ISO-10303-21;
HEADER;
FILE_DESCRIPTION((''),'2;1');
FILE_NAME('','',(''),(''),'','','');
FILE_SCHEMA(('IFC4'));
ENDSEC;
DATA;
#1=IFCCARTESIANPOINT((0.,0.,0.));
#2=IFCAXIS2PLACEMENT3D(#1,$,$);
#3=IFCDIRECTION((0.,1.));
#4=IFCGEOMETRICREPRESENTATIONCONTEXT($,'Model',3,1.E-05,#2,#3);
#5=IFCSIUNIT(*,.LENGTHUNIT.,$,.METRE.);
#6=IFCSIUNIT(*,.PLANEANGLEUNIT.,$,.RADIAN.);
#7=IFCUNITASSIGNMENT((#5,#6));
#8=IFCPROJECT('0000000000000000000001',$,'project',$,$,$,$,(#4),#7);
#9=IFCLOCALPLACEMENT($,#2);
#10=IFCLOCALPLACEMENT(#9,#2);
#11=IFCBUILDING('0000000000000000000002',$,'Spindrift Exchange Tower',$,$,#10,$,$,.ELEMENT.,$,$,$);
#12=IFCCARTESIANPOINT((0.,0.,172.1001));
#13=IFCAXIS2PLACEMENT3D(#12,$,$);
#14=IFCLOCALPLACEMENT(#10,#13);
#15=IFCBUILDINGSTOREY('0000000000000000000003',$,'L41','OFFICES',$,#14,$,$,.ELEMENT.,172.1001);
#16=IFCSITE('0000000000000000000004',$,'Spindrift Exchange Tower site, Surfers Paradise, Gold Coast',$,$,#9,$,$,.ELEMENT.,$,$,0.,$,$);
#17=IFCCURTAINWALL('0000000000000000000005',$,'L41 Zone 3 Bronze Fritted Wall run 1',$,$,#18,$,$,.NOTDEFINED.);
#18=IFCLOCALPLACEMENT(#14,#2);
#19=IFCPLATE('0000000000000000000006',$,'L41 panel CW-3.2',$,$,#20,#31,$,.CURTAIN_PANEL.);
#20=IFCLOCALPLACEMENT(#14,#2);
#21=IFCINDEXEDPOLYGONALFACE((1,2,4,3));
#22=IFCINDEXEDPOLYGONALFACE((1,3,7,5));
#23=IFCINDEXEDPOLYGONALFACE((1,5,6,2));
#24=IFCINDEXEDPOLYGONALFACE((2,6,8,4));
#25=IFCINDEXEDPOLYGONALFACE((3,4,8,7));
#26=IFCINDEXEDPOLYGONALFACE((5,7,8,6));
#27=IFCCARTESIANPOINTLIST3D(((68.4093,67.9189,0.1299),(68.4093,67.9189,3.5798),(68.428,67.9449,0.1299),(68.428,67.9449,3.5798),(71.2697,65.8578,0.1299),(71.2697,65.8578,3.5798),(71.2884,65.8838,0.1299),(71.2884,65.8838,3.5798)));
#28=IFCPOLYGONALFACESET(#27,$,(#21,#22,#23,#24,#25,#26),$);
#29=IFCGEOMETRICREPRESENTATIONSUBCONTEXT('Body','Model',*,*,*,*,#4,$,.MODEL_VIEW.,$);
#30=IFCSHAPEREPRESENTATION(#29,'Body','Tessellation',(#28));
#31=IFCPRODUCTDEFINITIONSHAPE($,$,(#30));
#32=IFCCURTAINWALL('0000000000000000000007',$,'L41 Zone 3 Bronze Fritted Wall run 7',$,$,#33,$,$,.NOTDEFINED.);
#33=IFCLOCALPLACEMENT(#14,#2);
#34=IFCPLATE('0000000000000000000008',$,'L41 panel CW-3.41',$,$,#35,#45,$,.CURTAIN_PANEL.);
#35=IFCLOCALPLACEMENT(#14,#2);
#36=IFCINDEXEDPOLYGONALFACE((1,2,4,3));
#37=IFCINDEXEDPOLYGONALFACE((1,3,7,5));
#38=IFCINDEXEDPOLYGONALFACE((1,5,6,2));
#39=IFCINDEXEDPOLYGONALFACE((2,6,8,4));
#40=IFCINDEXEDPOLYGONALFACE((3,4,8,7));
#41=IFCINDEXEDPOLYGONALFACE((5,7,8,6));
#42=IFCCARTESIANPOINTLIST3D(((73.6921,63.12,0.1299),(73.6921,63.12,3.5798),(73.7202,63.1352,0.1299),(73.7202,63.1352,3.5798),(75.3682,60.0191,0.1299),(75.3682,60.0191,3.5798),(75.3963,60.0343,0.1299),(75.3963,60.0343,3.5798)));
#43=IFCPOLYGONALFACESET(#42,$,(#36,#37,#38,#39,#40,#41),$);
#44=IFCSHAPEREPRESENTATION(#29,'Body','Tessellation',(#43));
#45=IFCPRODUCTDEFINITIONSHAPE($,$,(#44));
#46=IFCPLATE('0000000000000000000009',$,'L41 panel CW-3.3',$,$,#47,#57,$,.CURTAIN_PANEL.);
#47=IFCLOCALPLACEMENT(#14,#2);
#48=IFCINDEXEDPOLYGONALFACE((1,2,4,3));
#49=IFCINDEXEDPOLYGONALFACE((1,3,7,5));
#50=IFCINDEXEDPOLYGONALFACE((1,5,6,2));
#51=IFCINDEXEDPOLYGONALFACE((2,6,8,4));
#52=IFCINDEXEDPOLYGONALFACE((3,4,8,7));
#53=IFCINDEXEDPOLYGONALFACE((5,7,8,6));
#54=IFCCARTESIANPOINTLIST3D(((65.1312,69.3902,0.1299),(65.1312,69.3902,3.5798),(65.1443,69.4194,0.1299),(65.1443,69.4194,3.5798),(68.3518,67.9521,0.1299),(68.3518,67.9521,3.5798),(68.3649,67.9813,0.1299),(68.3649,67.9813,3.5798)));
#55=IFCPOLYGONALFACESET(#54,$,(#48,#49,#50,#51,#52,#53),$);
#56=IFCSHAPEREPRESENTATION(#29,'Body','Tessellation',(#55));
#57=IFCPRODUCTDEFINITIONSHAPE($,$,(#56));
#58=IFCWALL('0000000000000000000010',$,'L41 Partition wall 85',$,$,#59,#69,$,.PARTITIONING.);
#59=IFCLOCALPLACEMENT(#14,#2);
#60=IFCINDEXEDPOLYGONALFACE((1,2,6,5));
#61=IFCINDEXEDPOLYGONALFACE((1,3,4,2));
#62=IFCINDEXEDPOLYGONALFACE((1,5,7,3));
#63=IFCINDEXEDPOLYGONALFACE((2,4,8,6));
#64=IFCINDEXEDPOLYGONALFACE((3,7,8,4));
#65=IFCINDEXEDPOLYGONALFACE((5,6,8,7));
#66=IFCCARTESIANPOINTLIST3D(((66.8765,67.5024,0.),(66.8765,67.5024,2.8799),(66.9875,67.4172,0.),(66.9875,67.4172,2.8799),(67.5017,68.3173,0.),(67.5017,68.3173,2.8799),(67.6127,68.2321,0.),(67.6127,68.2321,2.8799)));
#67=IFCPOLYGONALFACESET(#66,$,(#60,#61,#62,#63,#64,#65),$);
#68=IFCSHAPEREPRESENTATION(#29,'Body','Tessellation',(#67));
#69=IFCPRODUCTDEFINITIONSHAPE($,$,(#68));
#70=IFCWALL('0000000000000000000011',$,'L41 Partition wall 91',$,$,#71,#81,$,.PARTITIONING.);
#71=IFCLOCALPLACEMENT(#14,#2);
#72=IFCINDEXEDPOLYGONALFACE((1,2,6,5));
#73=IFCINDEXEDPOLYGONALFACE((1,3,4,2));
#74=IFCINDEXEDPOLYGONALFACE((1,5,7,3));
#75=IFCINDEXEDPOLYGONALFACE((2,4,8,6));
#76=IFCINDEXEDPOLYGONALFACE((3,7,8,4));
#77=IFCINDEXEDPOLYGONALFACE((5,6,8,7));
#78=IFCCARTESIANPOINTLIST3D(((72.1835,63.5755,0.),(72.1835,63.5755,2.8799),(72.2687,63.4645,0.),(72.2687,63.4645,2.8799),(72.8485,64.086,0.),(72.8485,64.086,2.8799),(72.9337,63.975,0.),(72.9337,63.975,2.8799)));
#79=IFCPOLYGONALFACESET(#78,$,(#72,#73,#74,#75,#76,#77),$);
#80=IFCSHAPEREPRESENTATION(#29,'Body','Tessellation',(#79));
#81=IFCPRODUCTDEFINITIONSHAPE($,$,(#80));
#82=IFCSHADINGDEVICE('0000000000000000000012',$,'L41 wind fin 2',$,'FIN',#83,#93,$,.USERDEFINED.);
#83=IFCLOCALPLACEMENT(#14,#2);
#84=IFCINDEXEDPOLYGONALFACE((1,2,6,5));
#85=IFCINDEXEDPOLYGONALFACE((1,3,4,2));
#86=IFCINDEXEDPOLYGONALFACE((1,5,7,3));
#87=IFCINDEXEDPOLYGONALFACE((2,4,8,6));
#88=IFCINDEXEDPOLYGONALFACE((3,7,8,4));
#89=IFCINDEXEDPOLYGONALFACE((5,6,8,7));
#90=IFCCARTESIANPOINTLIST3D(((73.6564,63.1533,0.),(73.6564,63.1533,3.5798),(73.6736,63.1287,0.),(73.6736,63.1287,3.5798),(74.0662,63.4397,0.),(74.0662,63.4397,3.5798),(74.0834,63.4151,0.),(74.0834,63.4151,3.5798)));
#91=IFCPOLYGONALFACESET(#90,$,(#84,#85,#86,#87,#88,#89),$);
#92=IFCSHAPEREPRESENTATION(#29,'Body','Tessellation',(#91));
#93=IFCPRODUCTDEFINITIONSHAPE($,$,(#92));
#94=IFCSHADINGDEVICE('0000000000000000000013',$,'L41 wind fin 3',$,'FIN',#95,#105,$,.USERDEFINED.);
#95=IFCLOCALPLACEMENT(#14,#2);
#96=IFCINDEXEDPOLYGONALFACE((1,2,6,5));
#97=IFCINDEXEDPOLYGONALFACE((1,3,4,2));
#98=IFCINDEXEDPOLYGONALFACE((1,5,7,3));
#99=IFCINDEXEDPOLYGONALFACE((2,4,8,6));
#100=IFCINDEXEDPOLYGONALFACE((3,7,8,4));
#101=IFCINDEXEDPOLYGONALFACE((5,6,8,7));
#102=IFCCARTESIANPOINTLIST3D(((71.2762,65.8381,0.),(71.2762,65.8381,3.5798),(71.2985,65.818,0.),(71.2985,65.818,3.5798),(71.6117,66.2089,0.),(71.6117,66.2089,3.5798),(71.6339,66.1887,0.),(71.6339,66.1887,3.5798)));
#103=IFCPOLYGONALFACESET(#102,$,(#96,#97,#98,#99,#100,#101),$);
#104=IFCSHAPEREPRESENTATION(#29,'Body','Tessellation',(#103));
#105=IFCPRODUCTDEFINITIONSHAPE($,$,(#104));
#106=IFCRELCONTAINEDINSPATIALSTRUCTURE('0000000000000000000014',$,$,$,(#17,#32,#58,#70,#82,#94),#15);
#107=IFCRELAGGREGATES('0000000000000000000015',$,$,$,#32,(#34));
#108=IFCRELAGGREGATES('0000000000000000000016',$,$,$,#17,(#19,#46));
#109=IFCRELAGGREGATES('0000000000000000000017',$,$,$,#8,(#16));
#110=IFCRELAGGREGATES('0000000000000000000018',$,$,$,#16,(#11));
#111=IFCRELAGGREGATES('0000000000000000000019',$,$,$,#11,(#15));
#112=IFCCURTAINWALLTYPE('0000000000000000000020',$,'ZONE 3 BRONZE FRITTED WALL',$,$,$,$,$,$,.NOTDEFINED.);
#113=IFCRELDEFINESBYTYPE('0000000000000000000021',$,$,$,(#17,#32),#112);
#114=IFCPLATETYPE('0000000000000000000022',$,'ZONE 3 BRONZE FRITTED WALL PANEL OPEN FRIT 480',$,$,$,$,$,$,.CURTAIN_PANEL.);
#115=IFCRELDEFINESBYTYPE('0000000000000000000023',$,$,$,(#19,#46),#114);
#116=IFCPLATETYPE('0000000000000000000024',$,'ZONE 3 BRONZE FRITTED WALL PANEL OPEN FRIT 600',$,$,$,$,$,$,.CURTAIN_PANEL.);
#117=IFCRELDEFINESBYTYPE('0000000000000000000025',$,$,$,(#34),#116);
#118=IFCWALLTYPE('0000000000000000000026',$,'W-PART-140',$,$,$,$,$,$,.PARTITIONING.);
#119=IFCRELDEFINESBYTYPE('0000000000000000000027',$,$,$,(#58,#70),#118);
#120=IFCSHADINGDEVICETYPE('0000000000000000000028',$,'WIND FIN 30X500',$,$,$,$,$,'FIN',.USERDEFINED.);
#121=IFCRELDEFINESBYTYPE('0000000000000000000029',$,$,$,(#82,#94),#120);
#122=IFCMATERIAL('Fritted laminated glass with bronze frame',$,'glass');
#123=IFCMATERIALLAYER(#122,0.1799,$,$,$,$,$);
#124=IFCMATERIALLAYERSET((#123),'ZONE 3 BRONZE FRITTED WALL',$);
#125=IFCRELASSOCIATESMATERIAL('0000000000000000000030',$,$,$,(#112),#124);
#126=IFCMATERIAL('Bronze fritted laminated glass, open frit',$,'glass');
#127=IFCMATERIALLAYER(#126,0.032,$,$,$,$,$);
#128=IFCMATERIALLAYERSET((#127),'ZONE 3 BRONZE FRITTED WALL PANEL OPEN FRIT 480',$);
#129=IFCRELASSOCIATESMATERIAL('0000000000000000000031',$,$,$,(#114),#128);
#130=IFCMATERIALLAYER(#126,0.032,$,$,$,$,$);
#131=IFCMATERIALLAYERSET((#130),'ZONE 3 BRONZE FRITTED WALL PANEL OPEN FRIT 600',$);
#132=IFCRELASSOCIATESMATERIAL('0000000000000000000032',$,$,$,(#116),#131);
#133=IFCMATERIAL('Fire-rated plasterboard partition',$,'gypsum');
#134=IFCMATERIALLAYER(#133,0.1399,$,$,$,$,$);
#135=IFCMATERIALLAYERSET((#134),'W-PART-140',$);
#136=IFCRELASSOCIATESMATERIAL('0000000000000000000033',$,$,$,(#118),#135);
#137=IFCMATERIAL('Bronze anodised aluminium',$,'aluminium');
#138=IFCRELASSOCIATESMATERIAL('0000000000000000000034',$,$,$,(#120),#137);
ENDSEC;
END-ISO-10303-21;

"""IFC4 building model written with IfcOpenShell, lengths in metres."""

from ifc_helpers import new_model, si_unit, direction, frame, frame_2d, origin, origin_2d, place, context, subcontext, project, spatial, rectangle, extrude, source, transform, mapped, material, layer, layer_set, material_profile, profile_set, type_object, element, aggregate, save


model = new_model("IFC4")

# Units and contexts
model_context = context("Model", 3, precision=1e-05, world=origin(), true_north=direction((0.0, 1.0)))
body_context = subcontext(model_context, "Body", "Model", "MODEL_VIEW")
ifc_project = project(units=[si_unit("LENGTHUNIT", "METRE"), si_unit("PLANEANGLEUNIT", "RADIAN")], contexts=[model_context])

# Site, building, storey
site_placement = place(None, origin())
site = spatial("IfcSite", under=ifc_project, at=site_placement, Name="Spindrift Exchange Tower site, Surfers Paradise, Gold Coast", CompositionType="ELEMENT", RefElevation=0.0)
building_placement = place(site_placement, origin())
building = spatial("IfcBuilding", under=site, at=building_placement, Name="Spindrift Exchange Tower", CompositionType="ELEMENT")
storey_placement = place(building_placement, frame((0.0, 0.0, 172.1001)))
storey = spatial("IfcBuildingStorey", under=building, at=storey_placement, Name="L41", Description="OFFICES", CompositionType="ELEMENT", Elevation=172.1001)

# Curtain wall, plate
ifc_material_1 = material(Name="Fritted laminated glass with bronze frame", Category="glass")
ifc_layer_1 = layer(ifc_material_1, 0.1799)
ifc_layer_set_1 = layer_set([ifc_layer_1], Name="ZONE 3 BRONZE FRITTED WALL")
curtain_wall_type = type_object("IfcCurtainWallType", Name="ZONE 3 BRONZE FRITTED WALL", PredefinedType="NOTDEFINED", material=ifc_layer_set_1)
curtain_wall_1_placement = place(storey_placement, origin())
curtain_wall_1 = element("IfcCurtainWall", 1, at=curtain_wall_1_placement, inside=storey, type_object=curtain_wall_type, Name="L41 Zone 3 Bronze Fritted Wall run 1", PredefinedType="NOTDEFINED")
ifc_material_2 = material(Name="Bronze anodised aluminium", Category="aluminium")
ifc_material_3 = material(Name="Bronze fritted laminated glass, open frit", Category="glass")
ifc_layer_2 = layer(ifc_material_3, 0.032)
ifc_layer_set_2 = layer_set([ifc_layer_2], Name="ZONE 3 BRONZE FRITTED WALL PANEL OPEN FRIT 480")
plate_type_1 = type_object("IfcPlateType", Name="ZONE 3 BRONZE FRITTED WALL PANEL OPEN FRIT 480", PredefinedType="CURTAIN_PANEL", material=ifc_layer_set_2)
shared_shape_1 = source(origin(), body_context, "Body", "SweptSolid", [
    extrude(rectangle(XDim=3.5256, YDim=0.032, at=origin_2d()), origin(), (0.0, 0.0, 1.0), 3.45),
])
plate_1_placement = place(storey_placement, frame((69.8489, 66.9014, 0.1299), z_axis=(0.0, 0.0, 1.0), x_axis=(-0.811321, 0.584601, 0.0)))
plate_1 = element("IfcPlate", 2, at=plate_1_placement, type_object=plate_type_1, Name="L41 panel CW-3.2", PredefinedType="CURTAIN_PANEL", context=body_context, shape_type="MappedRepresentation", body=[
    mapped(shared_shape_1, transform((0.0, 0.0, 0.0), scale=1.0)),
])

# Curtain wall, plate
curtain_wall_2_placement = place(storey_placement, origin())
curtain_wall_2 = element("IfcCurtainWall", 3, at=curtain_wall_2_placement, inside=storey, type_object=curtain_wall_type, Name="L41 Zone 3 Bronze Fritted Wall run 7", PredefinedType="NOTDEFINED")
ifc_layer_3 = layer(ifc_material_3, 0.032)
ifc_layer_set_3 = layer_set([ifc_layer_3], Name="ZONE 3 BRONZE FRITTED WALL PANEL OPEN FRIT 600")
plate_type_2 = type_object("IfcPlateType", Name="ZONE 3 BRONZE FRITTED WALL PANEL OPEN FRIT 600", PredefinedType="CURTAIN_PANEL", material=ifc_layer_set_3)
shared_shape_2 = source(origin(), body_context, "Body", "SweptSolid", [
    extrude(rectangle(XDim=3.5249, YDim=0.032, at=origin_2d()), origin(), (0.0, 0.0, 1.0), 3.45),
])
plate_2_placement = place(storey_placement, frame((74.5442, 61.5771, 0.1299), z_axis=(0.0, 0.0, 1.0), x_axis=(-0.475494, 0.879719, 0.0)))
plate_2 = element("IfcPlate", 4, at=plate_2_placement, type_object=plate_type_2, Name="L41 panel CW-3.41", PredefinedType="CURTAIN_PANEL", context=body_context, shape_type="MappedRepresentation", body=[
    mapped(shared_shape_2, transform((0.0, 0.0, 0.0), scale=1.0)),
])
aggregate(curtain_wall_2, [plate_2])

# Plate
shared_shape_3 = source(origin(), body_context, "Body", "SweptSolid", [
    extrude(rectangle(XDim=3.5271, YDim=0.032, at=origin_2d()), origin(), (0.0, 0.0, 1.0), 3.45),
])
plate_3_placement = place(storey_placement, frame((66.748, 68.6858, 0.1299), z_axis=(0.0, 0.0, 1.0), x_axis=(-0.913102, 0.407731, 0.0)))
plate_3 = element("IfcPlate", 5, at=plate_3_placement, type_object=plate_type_1, Name="L41 panel CW-3.3", PredefinedType="CURTAIN_PANEL", context=body_context, shape_type="MappedRepresentation", body=[
    mapped(shared_shape_3, transform((0.0, 0.0, 0.0), scale=1.0)),
])
aggregate(curtain_wall_1, [plate_1, plate_3])

# Walls
ifc_material_4 = material(Name="Fire-rated plasterboard partition", Category="gypsum")
ifc_layer_4 = layer(ifc_material_4, 0.1399)
ifc_layer_set_4 = layer_set([ifc_layer_4], Name="W-PART-140")
wall_type = type_object("IfcWallType", Name="W-PART-140", PredefinedType="PARTITIONING", material=ifc_layer_set_4)
wall_1_placement = place(storey_placement, frame((66.9319, 67.4597, 0.0), z_axis=(0.0, 0.0, 1.0), x_axis=(0.608711, 0.793392, 0.0)))
element("IfcWall", 6, at=wall_1_placement, inside=storey, type_object=wall_type, Name="L41 Partition wall 85", PredefinedType="PARTITIONING", context=body_context, shape_type="SweptSolid", body=[
    extrude(rectangle(XDim=1.0271, YDim=0.1399, at=frame_2d((0.5137, 0.0))), origin(), (0.0, 0.0, 1.0), 2.8799),
])
wall_2_placement = place(storey_placement, frame((72.2261, 63.52, 0.0), z_axis=(0.0, 0.0, 1.0), x_axis=(0.793241, 0.608908, 0.0)))
element("IfcWall", 7, at=wall_2_placement, inside=storey, type_object=wall_type, Name="L41 Partition wall 91", PredefinedType="PARTITIONING", context=body_context, shape_type="SweptSolid", body=[
    extrude(rectangle(XDim=0.8384, YDim=0.1399, at=frame_2d((0.4192, 0.0))), origin(), (0.0, 0.0, 1.0), 2.8799),
])

# Shading devices
ifc_material_profile_1 = material_profile(ifc_material_2, rectangle(XDim=0.03, YDim=0.5, at=origin_2d()), Name="WIND FIN 30X500")
ifc_profile_set_1 = profile_set([ifc_material_profile_1], Name="Bronze anodised aluminium")
shading_device_type = type_object("IfcShadingDeviceType", Name="WIND FIN 30X500", ElementType="FIN", PredefinedType="USERDEFINED", material=ifc_profile_set_1)
shared_shape_4 = source(origin(), body_context, "Body", "SweptSolid", [
    extrude(rectangle(XDim=0.03, YDim=0.5, at=origin_2d()), origin(), (0.0, 0.0, 1.0), 3.5798),
])
for number, where, z_axis, x_axis, name in (
    (8, (73.8699, 63.2842, 0.0), (0.0, 0.0, 1.0), (-0.572837, 0.819669, 0.0), "L41 wind fin 2"),
    (9, (71.4551, 66.0134, 0.0), (0.0, 0.0, 1.0), (-0.741569, 0.670877, 0.0), "L41 wind fin 3"),
):
    element("IfcShadingDevice", number, at=place(storey_placement, frame(where, z_axis=z_axis, x_axis=x_axis)), inside=storey, type_object=shading_device_type, Name=name, ObjectType="FIN", PredefinedType="USERDEFINED", context=body_context, shape_type="MappedRepresentation", body=[
        mapped(shared_shape_4, transform((0.0, 0.0, 0.0), scale=1.0)),
    ])

save(model, "model.ifc")
